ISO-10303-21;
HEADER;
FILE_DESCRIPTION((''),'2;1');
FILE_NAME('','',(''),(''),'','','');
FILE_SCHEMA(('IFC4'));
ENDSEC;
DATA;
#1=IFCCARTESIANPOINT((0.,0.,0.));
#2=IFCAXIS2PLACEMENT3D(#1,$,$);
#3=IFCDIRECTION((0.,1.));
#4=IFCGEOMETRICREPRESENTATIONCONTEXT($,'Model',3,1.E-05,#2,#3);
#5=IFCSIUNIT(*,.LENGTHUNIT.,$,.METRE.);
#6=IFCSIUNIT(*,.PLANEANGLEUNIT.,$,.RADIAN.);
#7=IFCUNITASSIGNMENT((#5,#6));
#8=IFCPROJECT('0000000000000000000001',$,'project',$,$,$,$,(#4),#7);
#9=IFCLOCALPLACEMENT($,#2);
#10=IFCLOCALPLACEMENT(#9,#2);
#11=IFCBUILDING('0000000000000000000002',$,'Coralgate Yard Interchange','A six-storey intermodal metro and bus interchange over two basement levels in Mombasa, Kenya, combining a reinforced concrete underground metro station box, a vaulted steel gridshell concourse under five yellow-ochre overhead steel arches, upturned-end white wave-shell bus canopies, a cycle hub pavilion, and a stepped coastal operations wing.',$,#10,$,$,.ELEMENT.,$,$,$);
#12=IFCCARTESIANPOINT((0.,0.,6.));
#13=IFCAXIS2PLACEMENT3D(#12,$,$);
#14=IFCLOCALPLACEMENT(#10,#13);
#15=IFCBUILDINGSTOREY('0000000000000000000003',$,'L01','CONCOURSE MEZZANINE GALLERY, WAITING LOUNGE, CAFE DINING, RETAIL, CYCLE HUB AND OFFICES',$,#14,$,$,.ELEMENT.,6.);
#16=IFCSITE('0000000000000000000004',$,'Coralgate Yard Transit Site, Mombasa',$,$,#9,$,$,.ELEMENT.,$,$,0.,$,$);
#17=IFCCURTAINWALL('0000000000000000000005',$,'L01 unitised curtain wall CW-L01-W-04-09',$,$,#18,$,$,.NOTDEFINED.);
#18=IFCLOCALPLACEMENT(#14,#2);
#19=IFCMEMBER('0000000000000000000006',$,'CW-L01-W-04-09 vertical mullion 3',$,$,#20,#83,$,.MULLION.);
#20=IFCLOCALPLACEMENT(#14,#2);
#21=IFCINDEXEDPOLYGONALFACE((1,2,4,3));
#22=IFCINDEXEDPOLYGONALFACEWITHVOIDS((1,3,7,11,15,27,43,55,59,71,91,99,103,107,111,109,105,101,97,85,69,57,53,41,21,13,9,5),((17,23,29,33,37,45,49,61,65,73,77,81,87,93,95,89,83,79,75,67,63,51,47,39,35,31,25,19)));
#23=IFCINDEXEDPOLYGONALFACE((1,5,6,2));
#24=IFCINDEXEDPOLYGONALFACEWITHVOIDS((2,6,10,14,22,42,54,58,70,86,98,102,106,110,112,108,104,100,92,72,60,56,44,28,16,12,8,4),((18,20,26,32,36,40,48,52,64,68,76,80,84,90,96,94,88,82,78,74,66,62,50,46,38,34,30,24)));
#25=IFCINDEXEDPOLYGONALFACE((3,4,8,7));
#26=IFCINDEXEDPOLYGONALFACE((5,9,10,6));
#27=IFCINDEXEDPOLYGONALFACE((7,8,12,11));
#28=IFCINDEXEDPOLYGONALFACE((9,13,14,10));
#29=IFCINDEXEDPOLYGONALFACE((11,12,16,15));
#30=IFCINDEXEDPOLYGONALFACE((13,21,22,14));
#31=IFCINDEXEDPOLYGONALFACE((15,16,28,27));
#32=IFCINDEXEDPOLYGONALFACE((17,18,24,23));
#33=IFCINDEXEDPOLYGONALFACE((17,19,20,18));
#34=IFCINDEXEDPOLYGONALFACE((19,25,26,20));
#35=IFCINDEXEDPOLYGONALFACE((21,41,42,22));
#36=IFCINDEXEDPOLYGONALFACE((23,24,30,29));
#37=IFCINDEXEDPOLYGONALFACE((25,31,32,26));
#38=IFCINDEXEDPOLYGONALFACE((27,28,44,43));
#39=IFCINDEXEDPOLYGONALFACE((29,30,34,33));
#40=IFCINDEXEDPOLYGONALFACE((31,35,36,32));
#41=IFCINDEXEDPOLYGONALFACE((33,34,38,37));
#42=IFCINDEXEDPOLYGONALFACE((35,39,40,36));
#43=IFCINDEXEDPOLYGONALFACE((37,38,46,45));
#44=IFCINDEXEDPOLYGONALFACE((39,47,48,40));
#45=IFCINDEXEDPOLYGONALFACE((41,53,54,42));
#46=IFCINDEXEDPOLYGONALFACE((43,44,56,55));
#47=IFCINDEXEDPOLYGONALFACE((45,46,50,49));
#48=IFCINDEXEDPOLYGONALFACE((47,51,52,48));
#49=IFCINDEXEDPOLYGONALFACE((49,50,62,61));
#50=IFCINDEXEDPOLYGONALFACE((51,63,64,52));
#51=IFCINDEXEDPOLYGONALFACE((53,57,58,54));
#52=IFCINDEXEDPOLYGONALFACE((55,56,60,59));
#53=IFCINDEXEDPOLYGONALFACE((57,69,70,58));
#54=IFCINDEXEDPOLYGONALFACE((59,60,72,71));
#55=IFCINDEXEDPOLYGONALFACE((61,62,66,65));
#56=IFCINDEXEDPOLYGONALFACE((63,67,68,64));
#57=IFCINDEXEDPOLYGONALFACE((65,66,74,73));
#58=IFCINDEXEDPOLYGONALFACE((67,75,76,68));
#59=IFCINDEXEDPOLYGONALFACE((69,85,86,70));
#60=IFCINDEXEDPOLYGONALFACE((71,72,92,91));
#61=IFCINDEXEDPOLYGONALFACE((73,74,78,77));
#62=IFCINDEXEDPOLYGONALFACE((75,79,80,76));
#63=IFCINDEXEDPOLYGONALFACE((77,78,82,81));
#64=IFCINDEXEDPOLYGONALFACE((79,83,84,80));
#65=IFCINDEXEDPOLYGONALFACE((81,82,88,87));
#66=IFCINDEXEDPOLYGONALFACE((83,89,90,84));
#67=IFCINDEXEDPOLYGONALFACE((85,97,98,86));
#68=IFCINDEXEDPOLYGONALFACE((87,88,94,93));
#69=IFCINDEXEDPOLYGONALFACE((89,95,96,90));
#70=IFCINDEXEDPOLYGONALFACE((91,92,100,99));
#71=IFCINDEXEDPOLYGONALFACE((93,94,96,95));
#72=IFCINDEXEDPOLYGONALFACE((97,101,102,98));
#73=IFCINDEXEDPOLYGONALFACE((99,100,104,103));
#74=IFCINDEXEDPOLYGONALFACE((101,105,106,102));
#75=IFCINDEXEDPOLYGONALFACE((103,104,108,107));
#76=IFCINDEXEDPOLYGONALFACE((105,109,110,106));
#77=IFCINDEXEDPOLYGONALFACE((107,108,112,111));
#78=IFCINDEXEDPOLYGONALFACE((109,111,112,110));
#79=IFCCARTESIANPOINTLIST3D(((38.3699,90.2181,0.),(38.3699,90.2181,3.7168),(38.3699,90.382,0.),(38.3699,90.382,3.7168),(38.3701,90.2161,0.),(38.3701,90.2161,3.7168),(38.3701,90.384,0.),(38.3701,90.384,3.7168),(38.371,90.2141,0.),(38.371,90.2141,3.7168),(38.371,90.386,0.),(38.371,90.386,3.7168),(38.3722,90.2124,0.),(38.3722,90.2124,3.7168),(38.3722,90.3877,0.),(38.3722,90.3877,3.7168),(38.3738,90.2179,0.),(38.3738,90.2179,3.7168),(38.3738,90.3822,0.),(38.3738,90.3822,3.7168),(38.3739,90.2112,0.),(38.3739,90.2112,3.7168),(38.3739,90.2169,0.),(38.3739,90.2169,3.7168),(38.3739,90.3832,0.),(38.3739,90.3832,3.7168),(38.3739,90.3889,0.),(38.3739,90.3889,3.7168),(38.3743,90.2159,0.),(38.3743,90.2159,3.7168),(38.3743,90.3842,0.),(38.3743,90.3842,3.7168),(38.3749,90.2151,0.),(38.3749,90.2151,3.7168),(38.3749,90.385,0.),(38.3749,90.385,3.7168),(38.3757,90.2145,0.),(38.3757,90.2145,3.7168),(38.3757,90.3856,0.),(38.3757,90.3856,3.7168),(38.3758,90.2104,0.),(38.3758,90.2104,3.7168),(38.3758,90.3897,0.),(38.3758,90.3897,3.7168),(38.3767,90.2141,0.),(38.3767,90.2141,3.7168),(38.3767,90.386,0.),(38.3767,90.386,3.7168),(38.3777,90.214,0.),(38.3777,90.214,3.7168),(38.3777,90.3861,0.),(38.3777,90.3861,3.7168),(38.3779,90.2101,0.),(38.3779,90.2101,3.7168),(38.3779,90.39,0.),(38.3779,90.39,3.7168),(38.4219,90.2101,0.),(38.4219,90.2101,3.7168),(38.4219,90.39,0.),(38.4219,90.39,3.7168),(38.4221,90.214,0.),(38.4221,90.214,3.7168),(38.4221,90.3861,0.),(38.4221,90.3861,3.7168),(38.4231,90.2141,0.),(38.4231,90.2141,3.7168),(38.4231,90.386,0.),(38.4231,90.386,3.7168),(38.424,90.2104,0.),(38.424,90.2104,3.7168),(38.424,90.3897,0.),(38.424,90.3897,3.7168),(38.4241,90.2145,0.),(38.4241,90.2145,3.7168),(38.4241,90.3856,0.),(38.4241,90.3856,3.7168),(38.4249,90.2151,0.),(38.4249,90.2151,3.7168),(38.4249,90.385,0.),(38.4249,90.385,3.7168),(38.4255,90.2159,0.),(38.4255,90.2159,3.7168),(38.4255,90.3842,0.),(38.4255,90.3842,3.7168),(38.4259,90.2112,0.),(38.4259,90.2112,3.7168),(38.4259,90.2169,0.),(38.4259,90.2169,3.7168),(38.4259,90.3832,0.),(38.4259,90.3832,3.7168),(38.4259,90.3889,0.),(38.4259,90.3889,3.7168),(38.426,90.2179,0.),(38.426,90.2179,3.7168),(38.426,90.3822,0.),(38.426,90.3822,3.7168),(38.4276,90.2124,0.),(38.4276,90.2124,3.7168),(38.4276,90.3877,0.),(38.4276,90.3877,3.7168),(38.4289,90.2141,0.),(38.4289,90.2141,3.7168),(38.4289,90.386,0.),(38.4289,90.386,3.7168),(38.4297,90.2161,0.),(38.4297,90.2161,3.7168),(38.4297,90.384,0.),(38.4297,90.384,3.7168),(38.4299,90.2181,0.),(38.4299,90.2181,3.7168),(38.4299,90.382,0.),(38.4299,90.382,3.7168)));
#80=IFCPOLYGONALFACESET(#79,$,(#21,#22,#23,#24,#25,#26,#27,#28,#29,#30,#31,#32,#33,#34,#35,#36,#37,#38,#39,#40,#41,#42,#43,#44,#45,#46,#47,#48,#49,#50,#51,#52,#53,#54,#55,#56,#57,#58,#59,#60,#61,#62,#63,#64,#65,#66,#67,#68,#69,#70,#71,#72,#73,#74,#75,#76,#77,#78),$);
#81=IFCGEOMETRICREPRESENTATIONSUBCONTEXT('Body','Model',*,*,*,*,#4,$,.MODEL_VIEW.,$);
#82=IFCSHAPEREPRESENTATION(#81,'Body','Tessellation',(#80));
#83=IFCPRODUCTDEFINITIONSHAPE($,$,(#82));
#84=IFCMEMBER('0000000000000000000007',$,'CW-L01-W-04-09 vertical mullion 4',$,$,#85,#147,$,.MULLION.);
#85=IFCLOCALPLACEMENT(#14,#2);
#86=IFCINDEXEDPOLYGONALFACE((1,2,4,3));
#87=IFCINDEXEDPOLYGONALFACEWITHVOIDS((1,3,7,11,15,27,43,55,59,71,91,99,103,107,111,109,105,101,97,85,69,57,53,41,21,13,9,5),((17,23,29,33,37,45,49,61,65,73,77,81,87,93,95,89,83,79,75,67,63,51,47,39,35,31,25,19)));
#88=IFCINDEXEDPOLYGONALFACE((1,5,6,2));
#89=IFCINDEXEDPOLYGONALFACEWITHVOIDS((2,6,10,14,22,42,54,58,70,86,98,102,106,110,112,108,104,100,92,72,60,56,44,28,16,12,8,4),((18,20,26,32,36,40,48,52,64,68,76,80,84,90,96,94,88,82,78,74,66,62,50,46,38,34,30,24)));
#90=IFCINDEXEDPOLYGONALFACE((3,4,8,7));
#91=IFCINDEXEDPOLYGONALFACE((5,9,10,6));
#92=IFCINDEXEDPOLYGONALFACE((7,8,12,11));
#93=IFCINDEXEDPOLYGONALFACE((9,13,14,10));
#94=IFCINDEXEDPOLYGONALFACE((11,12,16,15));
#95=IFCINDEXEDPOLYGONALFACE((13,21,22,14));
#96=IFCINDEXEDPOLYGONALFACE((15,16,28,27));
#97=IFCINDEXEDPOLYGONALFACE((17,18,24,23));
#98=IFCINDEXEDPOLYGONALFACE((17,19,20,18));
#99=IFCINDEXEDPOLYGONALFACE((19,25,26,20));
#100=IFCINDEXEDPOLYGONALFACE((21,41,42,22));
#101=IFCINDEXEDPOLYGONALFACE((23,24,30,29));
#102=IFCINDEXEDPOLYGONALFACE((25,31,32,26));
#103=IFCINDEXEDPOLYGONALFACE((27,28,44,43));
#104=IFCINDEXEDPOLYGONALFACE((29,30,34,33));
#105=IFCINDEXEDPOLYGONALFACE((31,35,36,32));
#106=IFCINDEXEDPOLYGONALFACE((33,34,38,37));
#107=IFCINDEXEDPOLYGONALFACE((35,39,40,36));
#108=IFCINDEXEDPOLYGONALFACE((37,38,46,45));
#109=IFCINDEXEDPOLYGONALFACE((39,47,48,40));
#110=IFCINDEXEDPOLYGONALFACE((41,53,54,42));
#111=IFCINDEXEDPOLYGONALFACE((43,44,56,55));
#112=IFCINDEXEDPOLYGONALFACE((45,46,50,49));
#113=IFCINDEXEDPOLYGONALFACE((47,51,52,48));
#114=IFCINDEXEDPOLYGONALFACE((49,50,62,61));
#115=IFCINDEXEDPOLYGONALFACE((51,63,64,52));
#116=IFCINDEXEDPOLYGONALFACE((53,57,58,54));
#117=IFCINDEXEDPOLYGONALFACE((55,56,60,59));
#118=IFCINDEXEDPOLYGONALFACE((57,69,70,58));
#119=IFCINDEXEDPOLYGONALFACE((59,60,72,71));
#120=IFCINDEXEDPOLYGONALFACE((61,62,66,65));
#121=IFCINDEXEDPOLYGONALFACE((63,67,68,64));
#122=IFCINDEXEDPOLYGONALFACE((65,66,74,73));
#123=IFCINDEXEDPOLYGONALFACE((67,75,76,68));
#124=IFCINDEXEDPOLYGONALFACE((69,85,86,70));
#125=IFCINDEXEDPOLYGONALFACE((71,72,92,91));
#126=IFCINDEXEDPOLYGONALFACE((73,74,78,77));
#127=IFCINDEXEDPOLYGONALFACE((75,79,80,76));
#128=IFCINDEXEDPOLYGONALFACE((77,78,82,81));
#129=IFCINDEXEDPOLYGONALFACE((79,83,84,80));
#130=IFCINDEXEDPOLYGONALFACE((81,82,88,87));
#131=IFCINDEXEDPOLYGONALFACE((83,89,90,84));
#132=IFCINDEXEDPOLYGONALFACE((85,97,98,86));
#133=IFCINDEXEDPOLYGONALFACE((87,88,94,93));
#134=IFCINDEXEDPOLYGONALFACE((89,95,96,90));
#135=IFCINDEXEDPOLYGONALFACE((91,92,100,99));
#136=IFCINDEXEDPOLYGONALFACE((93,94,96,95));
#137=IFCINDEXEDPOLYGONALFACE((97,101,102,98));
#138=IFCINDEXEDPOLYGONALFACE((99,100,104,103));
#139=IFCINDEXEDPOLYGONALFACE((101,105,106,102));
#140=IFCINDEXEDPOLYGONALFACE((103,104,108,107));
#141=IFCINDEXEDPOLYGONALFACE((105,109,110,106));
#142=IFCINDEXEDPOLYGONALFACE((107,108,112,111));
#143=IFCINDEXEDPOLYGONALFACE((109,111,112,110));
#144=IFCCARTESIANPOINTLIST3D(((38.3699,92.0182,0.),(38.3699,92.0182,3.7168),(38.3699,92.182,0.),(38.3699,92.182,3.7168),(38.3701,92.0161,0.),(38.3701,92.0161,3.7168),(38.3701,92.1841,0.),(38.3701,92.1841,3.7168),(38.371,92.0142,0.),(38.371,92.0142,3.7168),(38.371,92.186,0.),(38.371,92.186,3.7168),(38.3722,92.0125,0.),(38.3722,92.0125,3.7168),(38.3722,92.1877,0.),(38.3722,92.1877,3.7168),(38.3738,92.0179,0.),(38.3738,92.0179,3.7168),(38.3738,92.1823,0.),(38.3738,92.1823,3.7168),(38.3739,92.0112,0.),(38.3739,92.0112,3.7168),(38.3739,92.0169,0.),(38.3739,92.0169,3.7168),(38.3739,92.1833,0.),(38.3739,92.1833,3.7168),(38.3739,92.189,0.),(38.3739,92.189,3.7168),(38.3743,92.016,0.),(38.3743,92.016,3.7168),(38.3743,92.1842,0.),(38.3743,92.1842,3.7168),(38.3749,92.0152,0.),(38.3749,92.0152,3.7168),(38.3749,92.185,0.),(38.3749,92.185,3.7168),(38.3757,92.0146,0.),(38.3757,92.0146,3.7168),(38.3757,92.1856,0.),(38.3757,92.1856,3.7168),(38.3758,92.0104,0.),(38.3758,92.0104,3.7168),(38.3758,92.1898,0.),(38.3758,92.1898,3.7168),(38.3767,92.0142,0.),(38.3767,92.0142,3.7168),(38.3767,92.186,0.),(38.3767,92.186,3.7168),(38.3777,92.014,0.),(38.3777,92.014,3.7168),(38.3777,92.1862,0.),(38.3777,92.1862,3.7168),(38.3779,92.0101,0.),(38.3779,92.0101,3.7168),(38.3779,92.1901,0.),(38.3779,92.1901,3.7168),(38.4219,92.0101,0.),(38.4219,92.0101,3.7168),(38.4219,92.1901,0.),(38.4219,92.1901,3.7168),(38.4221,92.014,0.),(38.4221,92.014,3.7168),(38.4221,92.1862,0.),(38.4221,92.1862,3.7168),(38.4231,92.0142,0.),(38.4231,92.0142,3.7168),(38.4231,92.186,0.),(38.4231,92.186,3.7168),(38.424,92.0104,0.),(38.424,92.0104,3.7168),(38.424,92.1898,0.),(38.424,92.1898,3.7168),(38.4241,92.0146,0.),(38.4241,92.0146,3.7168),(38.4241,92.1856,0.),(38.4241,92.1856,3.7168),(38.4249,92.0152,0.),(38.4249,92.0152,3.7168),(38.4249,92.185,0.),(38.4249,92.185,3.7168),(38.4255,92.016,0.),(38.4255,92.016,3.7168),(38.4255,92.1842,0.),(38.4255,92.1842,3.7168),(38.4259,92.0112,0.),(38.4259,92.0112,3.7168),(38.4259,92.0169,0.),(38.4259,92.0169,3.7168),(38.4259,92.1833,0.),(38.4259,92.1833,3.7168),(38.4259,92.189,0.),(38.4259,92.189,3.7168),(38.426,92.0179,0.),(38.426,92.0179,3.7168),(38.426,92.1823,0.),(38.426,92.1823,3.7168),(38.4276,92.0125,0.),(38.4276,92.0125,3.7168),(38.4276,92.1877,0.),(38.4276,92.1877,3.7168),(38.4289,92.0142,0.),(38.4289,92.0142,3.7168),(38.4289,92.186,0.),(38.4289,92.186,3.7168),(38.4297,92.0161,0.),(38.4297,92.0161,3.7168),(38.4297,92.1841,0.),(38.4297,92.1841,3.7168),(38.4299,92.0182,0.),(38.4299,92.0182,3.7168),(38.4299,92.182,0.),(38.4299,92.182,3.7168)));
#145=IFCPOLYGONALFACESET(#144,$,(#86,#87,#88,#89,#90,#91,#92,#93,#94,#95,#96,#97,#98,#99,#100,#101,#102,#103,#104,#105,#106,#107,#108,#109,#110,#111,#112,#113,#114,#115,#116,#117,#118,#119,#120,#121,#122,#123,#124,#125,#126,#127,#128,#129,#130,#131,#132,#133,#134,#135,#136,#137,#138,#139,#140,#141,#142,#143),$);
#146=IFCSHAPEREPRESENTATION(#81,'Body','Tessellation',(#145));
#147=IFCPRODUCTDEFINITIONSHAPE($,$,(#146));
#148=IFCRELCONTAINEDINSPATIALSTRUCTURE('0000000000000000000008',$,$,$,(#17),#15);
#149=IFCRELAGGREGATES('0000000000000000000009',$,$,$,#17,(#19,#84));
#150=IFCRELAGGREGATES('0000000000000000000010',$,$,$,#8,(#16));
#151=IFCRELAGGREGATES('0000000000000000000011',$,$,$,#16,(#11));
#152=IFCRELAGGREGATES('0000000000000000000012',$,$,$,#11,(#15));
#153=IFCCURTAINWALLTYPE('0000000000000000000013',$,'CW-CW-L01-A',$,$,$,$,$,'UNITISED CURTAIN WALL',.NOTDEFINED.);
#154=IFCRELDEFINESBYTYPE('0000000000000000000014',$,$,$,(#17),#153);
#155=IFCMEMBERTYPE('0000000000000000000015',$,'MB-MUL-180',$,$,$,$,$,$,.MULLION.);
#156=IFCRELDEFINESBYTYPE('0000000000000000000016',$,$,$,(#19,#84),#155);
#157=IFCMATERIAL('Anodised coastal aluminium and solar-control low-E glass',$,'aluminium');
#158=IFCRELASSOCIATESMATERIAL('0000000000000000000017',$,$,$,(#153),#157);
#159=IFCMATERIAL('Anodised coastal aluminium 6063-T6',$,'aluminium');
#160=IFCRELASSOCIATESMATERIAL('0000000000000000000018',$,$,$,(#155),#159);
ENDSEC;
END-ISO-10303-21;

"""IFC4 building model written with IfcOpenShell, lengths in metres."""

from ifc_helpers import new_model, si_unit, direction, frame, origin, origin_2d, place, context, subcontext, project, spatial, hollow_rectangle, extrude, material, material_profile, profile_set, type_object, element, aggregate, save


model = new_model("IFC4")

# Units and contexts
model_context = context("Model", 3, precision=1e-05, world=origin(), true_north=direction((0.0, 1.0)))
body_context = subcontext(model_context, "Body", "Model", "MODEL_VIEW")
ifc_project = project(units=[si_unit("LENGTHUNIT", "METRE"), si_unit("PLANEANGLEUNIT", "RADIAN")], contexts=[model_context])

# Site, building, storey
site_placement = place(None, origin())
site = spatial("IfcSite", under=ifc_project, at=site_placement, Name="Coralgate Yard Transit Site, Mombasa", CompositionType="ELEMENT", RefElevation=0.0)
building_placement = place(site_placement, origin())
building = spatial("IfcBuilding", under=site, at=building_placement, Name="Coralgate Yard Interchange", Description="A six-storey intermodal metro and bus interchange over two basement levels in Mombasa, Kenya, combining a reinforced concrete underground metro station box, a vaulted steel gridshell concourse under five yellow-ochre overhead steel arches, upturned-end white wave-shell bus canopies, a cycle hub pavilion, and a stepped coastal operations wing.", CompositionType="ELEMENT")
storey_placement = place(building_placement, frame((0.0, 0.0, 6.0)))
storey = spatial("IfcBuildingStorey", under=building, at=storey_placement, Name="L01", Description="CONCOURSE MEZZANINE GALLERY, WAITING LOUNGE, CAFE DINING, RETAIL, CYCLE HUB AND OFFICES", CompositionType="ELEMENT", Elevation=6.0)

# Curtain wall, members
ifc_material_1 = material(Name="Anodised coastal aluminium and solar-control low-E glass", Category="aluminium")
curtain_wall_type = type_object("IfcCurtainWallType", Name="CW-CW-L01-A", ElementType="UNITISED CURTAIN WALL", PredefinedType="NOTDEFINED", material=ifc_material_1)
curtain_wall_placement = place(storey_placement, origin())
curtain_wall = element("IfcCurtainWall", 1, at=curtain_wall_placement, inside=storey, type_object=curtain_wall_type, Name="L01 unitised curtain wall CW-L01-W-04-09", PredefinedType="NOTDEFINED")
ifc_material_2 = material(Name="Anodised coastal aluminium 6063-T6", Category="aluminium")
ifc_material_profile_1 = material_profile(ifc_material_2, hollow_rectangle(XDim=0.0601, YDim=0.1799, WallThickness=0.0039, InnerFilletRadius=0.0039, OuterFilletRadius=0.0081, at=origin_2d()), Name="ALU 60x180x4")
ifc_profile_set_1 = profile_set([ifc_material_profile_1], Name="Anodised coastal aluminium 6063-T6")
member_type_1 = type_object("IfcMemberType", Name="MB-MUL-180", PredefinedType="MULLION", material=ifc_profile_set_1)
member_1_placement = place(storey_placement, frame((38.3999, 90.3, 0.0), z_axis=(0.0, 0.0, 1.0), x_axis=(1.0, 0.0, 0.0)))
member_1 = element("IfcMember", 2, at=member_1_placement, type_object=member_type_1, Name="CW-L01-W-04-09 vertical mullion 3", PredefinedType="MULLION", context=body_context, shape_type="SweptSolid", body=[
    extrude(hollow_rectangle(XDim=0.0601, YDim=0.1799, WallThickness=0.0039, InnerFilletRadius=0.0039, OuterFilletRadius=0.0081, at=origin_2d()), origin(), (0.0, 0.0, 1.0), 3.7168),
])
member_2_placement = place(storey_placement, frame((38.3999, 92.1001, 0.0), z_axis=(0.0, 0.0, 1.0), x_axis=(1.0, 0.0, 0.0)))
member_2 = element("IfcMember", 3, at=member_2_placement, type_object=member_type_1, Name="CW-L01-W-04-09 vertical mullion 4", PredefinedType="MULLION", context=body_context, shape_type="SweptSolid", body=[
    extrude(hollow_rectangle(XDim=0.0601, YDim=0.1799, WallThickness=0.0039, InnerFilletRadius=0.0039, OuterFilletRadius=0.0081, at=origin_2d()), origin(), (0.0, 0.0, 1.0), 3.7168),
])
aggregate(curtain_wall, [member_1, member_2])

save(model, "model.ifc")
